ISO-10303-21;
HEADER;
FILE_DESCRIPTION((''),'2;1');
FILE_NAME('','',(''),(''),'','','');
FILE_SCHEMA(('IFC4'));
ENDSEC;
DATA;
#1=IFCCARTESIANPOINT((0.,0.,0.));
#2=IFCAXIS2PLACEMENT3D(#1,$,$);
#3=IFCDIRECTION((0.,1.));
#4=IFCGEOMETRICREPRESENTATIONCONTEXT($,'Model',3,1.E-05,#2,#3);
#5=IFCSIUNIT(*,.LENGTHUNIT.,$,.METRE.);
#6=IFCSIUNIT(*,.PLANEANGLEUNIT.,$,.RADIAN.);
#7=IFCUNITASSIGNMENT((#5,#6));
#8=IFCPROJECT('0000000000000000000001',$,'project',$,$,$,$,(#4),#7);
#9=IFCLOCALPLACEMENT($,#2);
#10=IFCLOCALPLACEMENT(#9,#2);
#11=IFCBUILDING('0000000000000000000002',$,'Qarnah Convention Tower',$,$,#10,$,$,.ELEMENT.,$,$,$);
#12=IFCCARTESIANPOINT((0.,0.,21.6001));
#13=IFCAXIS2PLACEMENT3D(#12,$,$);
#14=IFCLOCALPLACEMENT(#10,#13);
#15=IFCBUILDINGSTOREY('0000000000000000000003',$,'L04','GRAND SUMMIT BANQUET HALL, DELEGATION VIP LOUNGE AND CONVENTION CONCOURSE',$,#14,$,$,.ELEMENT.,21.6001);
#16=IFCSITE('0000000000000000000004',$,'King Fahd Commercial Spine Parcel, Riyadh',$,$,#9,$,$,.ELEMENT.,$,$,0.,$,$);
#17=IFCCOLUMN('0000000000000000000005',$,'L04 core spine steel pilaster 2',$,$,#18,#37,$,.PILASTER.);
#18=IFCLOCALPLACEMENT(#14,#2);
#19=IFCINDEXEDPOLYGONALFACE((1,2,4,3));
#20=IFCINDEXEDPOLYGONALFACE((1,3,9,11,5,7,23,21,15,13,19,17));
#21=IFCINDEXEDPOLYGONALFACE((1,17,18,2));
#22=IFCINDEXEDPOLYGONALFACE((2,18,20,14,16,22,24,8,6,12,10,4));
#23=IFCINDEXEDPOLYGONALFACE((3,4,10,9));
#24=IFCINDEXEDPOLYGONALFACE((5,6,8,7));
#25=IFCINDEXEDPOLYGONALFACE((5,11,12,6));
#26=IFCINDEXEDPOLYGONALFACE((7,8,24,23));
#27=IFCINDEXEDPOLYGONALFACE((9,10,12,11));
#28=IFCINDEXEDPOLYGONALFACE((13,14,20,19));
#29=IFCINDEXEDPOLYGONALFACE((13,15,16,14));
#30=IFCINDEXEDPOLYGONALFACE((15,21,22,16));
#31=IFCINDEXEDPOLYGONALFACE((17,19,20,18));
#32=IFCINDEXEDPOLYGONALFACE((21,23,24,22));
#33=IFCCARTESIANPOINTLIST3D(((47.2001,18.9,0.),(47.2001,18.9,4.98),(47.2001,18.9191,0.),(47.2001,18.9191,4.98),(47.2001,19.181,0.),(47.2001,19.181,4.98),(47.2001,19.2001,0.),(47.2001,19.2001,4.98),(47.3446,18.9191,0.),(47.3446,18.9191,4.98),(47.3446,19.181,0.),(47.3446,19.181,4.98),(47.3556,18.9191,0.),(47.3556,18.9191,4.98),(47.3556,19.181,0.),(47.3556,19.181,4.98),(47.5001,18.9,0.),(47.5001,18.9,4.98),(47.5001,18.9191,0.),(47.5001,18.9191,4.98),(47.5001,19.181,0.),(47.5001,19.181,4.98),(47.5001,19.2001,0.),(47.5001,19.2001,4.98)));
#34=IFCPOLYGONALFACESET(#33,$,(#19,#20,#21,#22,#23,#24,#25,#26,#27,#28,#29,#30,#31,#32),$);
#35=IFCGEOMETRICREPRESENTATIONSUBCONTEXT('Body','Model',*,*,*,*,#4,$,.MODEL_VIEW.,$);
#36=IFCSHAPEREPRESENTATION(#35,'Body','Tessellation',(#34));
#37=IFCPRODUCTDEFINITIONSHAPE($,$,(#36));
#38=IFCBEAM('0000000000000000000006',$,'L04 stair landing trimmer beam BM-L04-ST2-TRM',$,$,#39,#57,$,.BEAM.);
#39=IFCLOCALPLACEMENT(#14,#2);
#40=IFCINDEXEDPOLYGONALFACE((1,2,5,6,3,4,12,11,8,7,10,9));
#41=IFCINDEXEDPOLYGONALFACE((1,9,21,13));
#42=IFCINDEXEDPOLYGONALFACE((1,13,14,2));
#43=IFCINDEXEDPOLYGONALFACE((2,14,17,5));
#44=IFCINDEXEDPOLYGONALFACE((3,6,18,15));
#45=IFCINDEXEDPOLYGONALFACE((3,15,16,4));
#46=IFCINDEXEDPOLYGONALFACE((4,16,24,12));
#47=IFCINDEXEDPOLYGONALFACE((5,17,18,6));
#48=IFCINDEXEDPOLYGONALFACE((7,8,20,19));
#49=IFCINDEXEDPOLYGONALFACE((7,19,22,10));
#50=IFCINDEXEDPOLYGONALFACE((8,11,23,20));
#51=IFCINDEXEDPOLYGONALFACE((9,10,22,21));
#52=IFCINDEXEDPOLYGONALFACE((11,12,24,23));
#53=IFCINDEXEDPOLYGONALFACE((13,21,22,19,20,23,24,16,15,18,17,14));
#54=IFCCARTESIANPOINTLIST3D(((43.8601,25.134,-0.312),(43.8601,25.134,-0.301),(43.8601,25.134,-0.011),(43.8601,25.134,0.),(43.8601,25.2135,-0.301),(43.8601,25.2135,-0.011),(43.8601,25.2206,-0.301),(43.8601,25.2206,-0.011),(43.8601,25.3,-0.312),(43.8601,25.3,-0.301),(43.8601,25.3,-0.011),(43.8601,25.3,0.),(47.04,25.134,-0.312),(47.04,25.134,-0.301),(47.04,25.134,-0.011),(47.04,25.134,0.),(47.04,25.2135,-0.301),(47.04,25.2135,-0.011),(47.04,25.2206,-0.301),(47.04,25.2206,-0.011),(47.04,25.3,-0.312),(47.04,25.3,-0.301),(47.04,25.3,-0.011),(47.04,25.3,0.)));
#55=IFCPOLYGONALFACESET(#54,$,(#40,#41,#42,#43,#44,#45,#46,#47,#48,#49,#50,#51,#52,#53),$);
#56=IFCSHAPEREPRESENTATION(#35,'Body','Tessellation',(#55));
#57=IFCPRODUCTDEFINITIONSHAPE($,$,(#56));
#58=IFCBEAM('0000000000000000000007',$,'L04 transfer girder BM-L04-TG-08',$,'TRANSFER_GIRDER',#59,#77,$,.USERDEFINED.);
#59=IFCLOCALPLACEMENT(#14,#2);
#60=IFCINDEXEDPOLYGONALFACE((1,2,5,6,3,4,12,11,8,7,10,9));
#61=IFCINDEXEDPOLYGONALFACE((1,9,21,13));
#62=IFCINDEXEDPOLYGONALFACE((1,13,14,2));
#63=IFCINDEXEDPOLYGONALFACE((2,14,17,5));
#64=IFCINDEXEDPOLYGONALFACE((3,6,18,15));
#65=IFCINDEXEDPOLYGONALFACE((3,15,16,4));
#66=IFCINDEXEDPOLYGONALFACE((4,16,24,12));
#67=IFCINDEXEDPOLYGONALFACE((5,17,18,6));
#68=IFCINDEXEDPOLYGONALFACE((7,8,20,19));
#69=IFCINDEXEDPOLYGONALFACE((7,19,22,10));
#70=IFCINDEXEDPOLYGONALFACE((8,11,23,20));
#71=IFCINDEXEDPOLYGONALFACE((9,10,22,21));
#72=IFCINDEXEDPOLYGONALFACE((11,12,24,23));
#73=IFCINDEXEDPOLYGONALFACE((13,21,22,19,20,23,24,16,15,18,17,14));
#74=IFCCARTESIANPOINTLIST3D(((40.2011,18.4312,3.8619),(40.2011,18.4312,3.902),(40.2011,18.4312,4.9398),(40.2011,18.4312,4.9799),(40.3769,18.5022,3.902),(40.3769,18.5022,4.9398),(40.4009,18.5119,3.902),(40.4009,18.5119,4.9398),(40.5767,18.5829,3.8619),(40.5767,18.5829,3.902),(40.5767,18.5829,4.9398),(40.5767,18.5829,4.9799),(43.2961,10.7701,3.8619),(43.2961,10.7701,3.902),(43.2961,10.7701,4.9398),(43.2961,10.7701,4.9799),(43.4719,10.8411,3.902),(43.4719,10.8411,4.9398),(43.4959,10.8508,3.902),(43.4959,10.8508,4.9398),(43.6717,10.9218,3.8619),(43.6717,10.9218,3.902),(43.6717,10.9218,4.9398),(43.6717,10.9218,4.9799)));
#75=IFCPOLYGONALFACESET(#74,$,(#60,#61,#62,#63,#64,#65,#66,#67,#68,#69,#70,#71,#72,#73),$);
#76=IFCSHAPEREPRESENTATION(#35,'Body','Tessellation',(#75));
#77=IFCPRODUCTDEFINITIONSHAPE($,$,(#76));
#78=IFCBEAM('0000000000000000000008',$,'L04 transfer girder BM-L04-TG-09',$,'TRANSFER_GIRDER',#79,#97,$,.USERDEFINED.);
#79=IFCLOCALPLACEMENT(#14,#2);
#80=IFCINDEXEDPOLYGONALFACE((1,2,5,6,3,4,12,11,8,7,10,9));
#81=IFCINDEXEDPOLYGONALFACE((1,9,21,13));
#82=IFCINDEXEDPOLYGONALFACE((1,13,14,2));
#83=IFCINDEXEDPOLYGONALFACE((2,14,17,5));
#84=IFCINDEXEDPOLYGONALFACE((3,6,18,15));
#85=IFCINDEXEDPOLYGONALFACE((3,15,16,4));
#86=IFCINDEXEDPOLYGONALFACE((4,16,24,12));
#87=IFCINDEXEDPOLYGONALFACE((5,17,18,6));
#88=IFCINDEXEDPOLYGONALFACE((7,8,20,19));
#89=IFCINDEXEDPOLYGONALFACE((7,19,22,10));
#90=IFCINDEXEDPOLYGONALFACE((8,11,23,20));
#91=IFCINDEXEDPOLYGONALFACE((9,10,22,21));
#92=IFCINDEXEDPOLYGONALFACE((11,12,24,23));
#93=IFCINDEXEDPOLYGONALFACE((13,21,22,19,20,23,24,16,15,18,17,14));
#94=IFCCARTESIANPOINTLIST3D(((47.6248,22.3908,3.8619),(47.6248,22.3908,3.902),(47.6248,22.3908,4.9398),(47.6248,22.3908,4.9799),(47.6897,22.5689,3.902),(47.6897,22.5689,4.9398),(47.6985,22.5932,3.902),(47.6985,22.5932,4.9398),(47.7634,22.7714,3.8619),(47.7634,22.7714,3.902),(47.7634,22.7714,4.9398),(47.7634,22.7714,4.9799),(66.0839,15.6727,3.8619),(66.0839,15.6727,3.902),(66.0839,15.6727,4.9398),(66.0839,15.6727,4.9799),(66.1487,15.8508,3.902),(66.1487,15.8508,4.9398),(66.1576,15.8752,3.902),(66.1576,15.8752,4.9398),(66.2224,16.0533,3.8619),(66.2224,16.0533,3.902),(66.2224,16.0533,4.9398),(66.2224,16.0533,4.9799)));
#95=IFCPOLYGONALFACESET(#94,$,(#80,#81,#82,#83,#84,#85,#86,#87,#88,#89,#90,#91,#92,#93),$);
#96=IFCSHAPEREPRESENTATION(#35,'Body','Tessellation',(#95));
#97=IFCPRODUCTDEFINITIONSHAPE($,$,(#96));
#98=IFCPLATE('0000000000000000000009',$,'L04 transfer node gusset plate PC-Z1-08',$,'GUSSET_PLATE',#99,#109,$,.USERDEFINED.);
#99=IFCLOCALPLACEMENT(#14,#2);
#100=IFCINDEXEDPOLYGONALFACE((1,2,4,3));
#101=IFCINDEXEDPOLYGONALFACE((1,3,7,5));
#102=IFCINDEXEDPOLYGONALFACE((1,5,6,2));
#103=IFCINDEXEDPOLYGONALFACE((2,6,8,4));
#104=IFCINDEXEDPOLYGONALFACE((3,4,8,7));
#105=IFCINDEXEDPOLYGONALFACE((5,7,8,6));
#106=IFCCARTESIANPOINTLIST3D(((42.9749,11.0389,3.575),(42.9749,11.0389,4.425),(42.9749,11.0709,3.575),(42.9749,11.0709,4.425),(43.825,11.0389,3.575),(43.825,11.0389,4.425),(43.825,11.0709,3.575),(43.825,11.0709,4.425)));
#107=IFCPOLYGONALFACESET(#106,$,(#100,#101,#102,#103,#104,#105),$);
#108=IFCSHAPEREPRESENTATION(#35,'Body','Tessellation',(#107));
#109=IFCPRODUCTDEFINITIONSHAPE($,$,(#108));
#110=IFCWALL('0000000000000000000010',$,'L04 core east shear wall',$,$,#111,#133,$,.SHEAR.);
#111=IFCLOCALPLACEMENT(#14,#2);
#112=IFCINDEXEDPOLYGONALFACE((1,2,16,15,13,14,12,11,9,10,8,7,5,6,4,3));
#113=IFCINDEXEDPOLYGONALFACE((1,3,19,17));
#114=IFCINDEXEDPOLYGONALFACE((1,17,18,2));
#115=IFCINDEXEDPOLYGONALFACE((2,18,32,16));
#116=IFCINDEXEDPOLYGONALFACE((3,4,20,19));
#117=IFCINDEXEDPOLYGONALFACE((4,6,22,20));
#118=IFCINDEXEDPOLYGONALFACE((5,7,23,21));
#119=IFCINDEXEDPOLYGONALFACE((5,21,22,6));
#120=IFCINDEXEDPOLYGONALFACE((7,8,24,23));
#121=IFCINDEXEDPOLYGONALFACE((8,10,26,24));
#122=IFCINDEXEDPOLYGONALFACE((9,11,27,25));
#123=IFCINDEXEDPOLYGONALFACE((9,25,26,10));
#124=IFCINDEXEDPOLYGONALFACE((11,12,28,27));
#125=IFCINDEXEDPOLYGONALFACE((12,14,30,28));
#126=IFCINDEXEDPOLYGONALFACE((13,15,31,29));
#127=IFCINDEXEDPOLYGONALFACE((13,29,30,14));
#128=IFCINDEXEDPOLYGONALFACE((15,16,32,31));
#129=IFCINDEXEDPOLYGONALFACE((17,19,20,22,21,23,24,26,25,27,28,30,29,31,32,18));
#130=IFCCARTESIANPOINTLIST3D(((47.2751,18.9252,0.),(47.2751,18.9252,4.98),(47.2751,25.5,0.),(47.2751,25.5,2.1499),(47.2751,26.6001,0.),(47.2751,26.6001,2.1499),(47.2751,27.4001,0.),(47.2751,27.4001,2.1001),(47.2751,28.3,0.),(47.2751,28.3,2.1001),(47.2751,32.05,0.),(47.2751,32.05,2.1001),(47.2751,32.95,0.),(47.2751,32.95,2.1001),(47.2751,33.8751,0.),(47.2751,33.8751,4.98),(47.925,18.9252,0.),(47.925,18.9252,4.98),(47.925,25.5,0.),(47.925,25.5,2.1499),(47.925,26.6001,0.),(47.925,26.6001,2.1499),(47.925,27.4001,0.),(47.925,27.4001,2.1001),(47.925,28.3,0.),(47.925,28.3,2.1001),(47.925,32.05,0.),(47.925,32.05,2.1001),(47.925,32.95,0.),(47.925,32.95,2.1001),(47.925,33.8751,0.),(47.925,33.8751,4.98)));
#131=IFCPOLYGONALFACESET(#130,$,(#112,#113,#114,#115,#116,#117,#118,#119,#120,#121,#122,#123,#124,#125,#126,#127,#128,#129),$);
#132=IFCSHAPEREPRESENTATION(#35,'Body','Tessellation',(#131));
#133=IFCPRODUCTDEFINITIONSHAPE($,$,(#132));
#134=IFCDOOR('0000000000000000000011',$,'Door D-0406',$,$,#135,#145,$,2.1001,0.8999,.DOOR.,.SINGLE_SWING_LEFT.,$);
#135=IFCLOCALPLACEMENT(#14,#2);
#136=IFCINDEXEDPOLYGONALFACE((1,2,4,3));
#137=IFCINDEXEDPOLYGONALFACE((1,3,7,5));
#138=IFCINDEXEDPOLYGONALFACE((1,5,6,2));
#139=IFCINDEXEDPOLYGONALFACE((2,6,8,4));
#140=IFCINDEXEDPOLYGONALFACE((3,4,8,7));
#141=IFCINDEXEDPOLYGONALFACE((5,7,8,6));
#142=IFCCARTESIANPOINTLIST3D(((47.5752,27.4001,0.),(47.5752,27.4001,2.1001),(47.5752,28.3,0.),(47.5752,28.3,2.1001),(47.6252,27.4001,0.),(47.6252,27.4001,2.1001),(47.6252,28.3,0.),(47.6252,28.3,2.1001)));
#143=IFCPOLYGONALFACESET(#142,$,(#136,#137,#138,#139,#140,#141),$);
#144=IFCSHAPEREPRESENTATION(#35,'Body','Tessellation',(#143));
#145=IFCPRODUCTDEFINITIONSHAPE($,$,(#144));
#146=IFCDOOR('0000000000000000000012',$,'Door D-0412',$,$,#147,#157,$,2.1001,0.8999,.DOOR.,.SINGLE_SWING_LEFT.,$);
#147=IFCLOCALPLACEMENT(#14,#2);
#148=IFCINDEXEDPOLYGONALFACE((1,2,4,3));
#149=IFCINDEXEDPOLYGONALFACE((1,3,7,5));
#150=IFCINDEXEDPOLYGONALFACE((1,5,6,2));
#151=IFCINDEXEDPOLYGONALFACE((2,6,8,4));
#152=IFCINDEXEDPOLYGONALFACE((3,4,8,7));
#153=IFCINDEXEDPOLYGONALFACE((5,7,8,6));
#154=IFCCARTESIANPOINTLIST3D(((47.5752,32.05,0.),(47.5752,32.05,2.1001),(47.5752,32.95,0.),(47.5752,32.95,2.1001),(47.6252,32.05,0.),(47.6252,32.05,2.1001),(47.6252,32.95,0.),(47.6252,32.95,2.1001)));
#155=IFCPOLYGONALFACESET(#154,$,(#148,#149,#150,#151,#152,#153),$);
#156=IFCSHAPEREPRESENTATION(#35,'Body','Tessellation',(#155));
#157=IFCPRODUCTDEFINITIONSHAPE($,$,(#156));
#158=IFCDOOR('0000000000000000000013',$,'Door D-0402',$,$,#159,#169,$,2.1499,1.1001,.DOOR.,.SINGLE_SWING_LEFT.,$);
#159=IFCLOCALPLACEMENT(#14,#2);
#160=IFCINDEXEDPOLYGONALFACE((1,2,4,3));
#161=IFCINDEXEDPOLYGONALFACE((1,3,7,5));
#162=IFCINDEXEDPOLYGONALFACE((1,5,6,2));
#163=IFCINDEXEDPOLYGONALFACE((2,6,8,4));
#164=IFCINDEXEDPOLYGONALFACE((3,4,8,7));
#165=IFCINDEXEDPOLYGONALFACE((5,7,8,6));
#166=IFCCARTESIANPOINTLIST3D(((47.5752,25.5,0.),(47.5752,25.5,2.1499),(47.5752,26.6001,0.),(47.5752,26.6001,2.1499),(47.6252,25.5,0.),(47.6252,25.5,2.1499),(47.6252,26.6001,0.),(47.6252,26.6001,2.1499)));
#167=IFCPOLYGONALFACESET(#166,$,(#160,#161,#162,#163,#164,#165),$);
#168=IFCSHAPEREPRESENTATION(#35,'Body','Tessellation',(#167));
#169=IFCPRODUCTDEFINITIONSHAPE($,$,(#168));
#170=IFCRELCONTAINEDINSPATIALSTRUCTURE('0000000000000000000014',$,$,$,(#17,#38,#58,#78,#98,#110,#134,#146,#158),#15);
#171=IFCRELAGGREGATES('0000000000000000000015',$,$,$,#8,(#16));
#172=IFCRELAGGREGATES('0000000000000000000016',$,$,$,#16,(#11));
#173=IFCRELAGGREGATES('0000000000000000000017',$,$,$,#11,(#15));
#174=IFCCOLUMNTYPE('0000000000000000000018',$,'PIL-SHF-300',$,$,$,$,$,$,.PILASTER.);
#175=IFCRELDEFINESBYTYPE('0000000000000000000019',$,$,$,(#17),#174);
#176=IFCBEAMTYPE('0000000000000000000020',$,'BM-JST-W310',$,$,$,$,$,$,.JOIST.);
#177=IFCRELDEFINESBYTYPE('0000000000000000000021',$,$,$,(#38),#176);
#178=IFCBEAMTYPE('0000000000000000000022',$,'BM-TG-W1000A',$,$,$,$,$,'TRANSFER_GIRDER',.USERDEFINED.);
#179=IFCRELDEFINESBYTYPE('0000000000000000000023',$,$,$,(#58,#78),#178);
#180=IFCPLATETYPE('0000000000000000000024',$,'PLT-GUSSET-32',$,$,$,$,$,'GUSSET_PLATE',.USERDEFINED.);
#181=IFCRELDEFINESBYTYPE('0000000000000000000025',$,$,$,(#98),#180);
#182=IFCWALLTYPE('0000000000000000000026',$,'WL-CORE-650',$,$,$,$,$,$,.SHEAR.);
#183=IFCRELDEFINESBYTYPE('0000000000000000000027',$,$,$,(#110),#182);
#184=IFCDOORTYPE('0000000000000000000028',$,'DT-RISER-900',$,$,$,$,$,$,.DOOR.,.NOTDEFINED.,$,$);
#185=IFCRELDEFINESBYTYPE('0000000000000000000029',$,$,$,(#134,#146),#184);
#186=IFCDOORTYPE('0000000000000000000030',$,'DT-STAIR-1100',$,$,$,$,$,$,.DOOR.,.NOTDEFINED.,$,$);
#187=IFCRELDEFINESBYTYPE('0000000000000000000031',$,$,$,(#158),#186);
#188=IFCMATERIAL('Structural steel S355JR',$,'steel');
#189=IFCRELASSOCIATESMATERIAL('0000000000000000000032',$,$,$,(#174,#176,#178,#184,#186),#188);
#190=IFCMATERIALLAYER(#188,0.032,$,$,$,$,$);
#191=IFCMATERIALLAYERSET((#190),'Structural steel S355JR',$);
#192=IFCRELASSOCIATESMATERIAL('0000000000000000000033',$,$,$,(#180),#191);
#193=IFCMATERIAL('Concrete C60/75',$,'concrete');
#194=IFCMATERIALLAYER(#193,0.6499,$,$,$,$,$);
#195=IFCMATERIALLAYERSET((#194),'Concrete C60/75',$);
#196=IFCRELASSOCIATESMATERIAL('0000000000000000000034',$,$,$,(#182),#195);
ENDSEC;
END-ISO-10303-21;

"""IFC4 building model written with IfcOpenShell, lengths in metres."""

from ifc_helpers import new_model, si_unit, direction, frame, frame_2d, origin, origin_2d, place, context, subcontext, project, spatial, rectangle, i_section, extrude, material, layer, layer_set, material_profile, profile_set, type_object, element, fill, save


model = new_model("IFC4")

# Units and contexts
model_context = context("Model", 3, precision=1e-05, world=origin(), true_north=direction((0.0, 1.0)))
body_context = subcontext(model_context, "Body", "Model", "MODEL_VIEW")
ifc_project = project(units=[si_unit("LENGTHUNIT", "METRE"), si_unit("PLANEANGLEUNIT", "RADIAN")], contexts=[model_context])

# Site, building, storey
site_placement = place(None, origin())
site = spatial("IfcSite", under=ifc_project, at=site_placement, Name="King Fahd Commercial Spine Parcel, Riyadh", CompositionType="ELEMENT", RefElevation=0.0)
building_placement = place(site_placement, origin())
building = spatial("IfcBuilding", under=site, at=building_placement, Name="Qarnah Convention Tower", CompositionType="ELEMENT")
storey_placement = place(building_placement, frame((0.0, 0.0, 21.6001)))
storey = spatial("IfcBuildingStorey", under=building, at=storey_placement, Name="L04", Description="GRAND SUMMIT BANQUET HALL, DELEGATION VIP LOUNGE AND CONVENTION CONCOURSE", CompositionType="ELEMENT", Elevation=21.6001)

# Column
ifc_material_1 = material(Name="Structural steel S355JR", Category="steel")
ifc_material_profile_1 = material_profile(ifc_material_1, i_section(OverallWidth=0.3, OverallDepth=0.3, WebThickness=0.011, FlangeThickness=0.019, at=origin_2d()), Name="HEB300")
ifc_profile_set_1 = profile_set([ifc_material_profile_1], Name="Structural steel S355JR")
column_type = type_object("IfcColumnType", Name="PIL-SHF-300", PredefinedType="PILASTER", material=ifc_profile_set_1)
column_placement = place(storey_placement, frame((47.3501, 19.05, 0.0), z_axis=(0.0, 0.0, 1.0), x_axis=(1.0, 0.0, 0.0)))
element("IfcColumn", 1, at=column_placement, inside=storey, type_object=column_type, Name="L04 core spine steel pilaster 2", PredefinedType="PILASTER", context=body_context, shape_type="SweptSolid", body=[
    extrude(i_section(OverallWidth=0.3, OverallDepth=0.3, WebThickness=0.011, FlangeThickness=0.019, at=origin_2d()), origin(), (0.0, 0.0, 1.0), 4.98),
])

# Beams
ifc_material_profile_2 = material_profile(ifc_material_1, i_section(OverallWidth=0.166, OverallDepth=0.312, WebThickness=0.0071, FlangeThickness=0.011, at=origin_2d()), Name="W310X45")
ifc_profile_set_2 = profile_set([ifc_material_profile_2], Name="Structural steel S355JR")
beam_type_1 = type_object("IfcBeamType", Name="BM-JST-W310", PredefinedType="JOIST", material=ifc_profile_set_2)
beam_1_placement = place(storey_placement, frame((43.8601, 25.217, -0.156), z_axis=(1.0, 0.0, 0.0), x_axis=(0.0, 1.0, 0.0)))
element("IfcBeam", 2, at=beam_1_placement, inside=storey, type_object=beam_type_1, Name="L04 stair landing trimmer beam BM-L04-ST2-TRM", PredefinedType="BEAM", context=body_context, shape_type="SweptSolid", body=[
    extrude(i_section(OverallWidth=0.166, OverallDepth=0.312, WebThickness=0.0071, FlangeThickness=0.011, at=origin_2d()), origin(), (0.0, 0.0, 1.0), 3.1799),
])
ifc_material_profile_3 = material_profile(ifc_material_1, i_section(OverallWidth=0.405, OverallDepth=1.1179, WebThickness=0.0259, FlangeThickness=0.04, at=origin_2d()), Name="W1100X499")
ifc_profile_set_3 = profile_set([ifc_material_profile_3], Name="Structural steel S355JR")
beam_type_2 = type_object("IfcBeamType", Name="BM-TG-W1000A", ElementType="TRANSFER_GIRDER", PredefinedType="USERDEFINED", material=ifc_profile_set_3)
beam_2_placement = place(storey_placement, frame((40.3889, 18.5071, 4.4209), z_axis=(0.374572, -0.927198, 0.0), x_axis=(0.927198, 0.374572, 0.0)))
element("IfcBeam", 3, at=beam_2_placement, inside=storey, type_object=beam_type_2, Name="L04 transfer girder BM-L04-TG-08", ObjectType="TRANSFER_GIRDER", PredefinedType="USERDEFINED", context=body_context, shape_type="SweptSolid", body=[
    extrude(i_section(OverallWidth=0.405, OverallDepth=1.1179, WebThickness=0.0259, FlangeThickness=0.04, at=origin_2d()), origin(), (0.0, 0.0, 1.0), 8.2627),
])
beam_3_placement = place(storey_placement, frame((47.6941, 22.5811, 4.4209), z_axis=(0.939701, -0.341998, 0.0), x_axis=(0.341998, 0.939701, 0.0)))
element("IfcBeam", 4, at=beam_3_placement, inside=storey, type_object=beam_type_2, Name="L04 transfer girder BM-L04-TG-09", ObjectType="TRANSFER_GIRDER", PredefinedType="USERDEFINED", context=body_context, shape_type="SweptSolid", body=[
    extrude(i_section(OverallWidth=0.405, OverallDepth=1.1179, WebThickness=0.0259, FlangeThickness=0.04, at=origin_2d()), origin(), (0.0, 0.0, 1.0), 19.6436),
])

# Plate
ifc_layer_1 = layer(ifc_material_1, 0.032)
ifc_layer_set_1 = layer_set([ifc_layer_1], Name="Structural steel S355JR")
plate_type = type_object("IfcPlateType", Name="PLT-GUSSET-32", ElementType="GUSSET_PLATE", PredefinedType="USERDEFINED", material=ifc_layer_set_1)
plate_placement = place(storey_placement, frame((43.3999, 11.0549, 3.575), z_axis=(0.0, 0.0, 1.0), x_axis=(1.0, 0.0, 0.0)))
element("IfcPlate", 5, at=plate_placement, inside=storey, type_object=plate_type, Name="L04 transfer node gusset plate PC-Z1-08", ObjectType="GUSSET_PLATE", PredefinedType="USERDEFINED", context=body_context, shape_type="SweptSolid", body=[
    extrude(rectangle(XDim=0.8501, YDim=0.032, at=origin_2d()), origin(), (0.0, 0.0, 1.0), 0.8501),
])

# Wall, openings, doors
ifc_material_2 = material(Name="Concrete C60/75", Category="concrete")
ifc_layer_2 = layer(ifc_material_2, 0.6499)
ifc_layer_set_2 = layer_set([ifc_layer_2], Name="Concrete C60/75")
wall_type_1 = type_object("IfcWallType", Name="WL-CORE-650", PredefinedType="SHEAR", material=ifc_layer_set_2)
wall_1_placement = place(storey_placement, frame((47.6001, 18.925, 0.0), z_axis=(0.0, 0.0, 1.0), x_axis=(0.0, 1.0, 0.0)))
wall_1 = element("IfcWall", 6, at=wall_1_placement, inside=storey, type_object=wall_type_1, Name="L04 core east shear wall", PredefinedType="SHEAR", context=body_context, shape_type="SweptSolid", body=[
    extrude(rectangle(XDim=14.95, YDim=0.6499, at=frame_2d((7.4751, 0.0))), origin(), (0.0, 0.0, 1.0), 4.98),
])
opening_1_placement = place(wall_1_placement, frame((6.575, 0.0, 0.0)))
opening_1 = element("IfcOpeningElement", 7, at=opening_1_placement, cuts=wall_1, PredefinedType="OPENING", context=body_context, shape_type="SweptSolid", body=[
    extrude(rectangle(XDim=1.1001, YDim=2.1499, at=frame_2d((0.55, 1.075))), frame((0.0, 0.335, 0.0), z_axis=(0.0, -1.0, 0.0), x_axis=(1.0, 0.0, 0.0)), (0.0, 0.0, 1.0), 0.6699),
])
opening_2_placement = place(wall_1_placement, frame((8.4751, 0.0, 0.0)))
opening_2 = element("IfcOpeningElement", 8, at=opening_2_placement, cuts=wall_1, PredefinedType="OPENING", context=body_context, shape_type="SweptSolid", body=[
    extrude(rectangle(XDim=0.8999, YDim=2.1001, at=frame_2d((0.45, 1.05))), frame((0.0, 0.335, 0.0), z_axis=(0.0, -1.0, 0.0), x_axis=(1.0, 0.0, 0.0)), (0.0, 0.0, 1.0), 0.6699),
])
opening_3_placement = place(wall_1_placement, frame((13.125, 0.0, 0.0)))
opening_3 = element("IfcOpeningElement", 9, at=opening_3_placement, cuts=wall_1, PredefinedType="OPENING", context=body_context, shape_type="SweptSolid", body=[
    extrude(rectangle(XDim=0.8999, YDim=2.1001, at=frame_2d((0.45, 1.05))), frame((0.0, 0.335, 0.0), z_axis=(0.0, -1.0, 0.0), x_axis=(1.0, 0.0, 0.0)), (0.0, 0.0, 1.0), 0.6699),
])
door_type_1 = type_object("IfcDoorType", Name="DT-RISER-900", OperationType="NOTDEFINED", PredefinedType="DOOR", material=ifc_material_1)
door_1_placement = place(opening_2_placement, origin())
door_1 = element("IfcDoor", 10, at=door_1_placement, inside=storey, type_object=door_type_1, Name="Door D-0406", OperationType="SINGLE_SWING_LEFT", OverallHeight=2.1001, OverallWidth=0.8999, PredefinedType="DOOR", context=body_context, shape_type="SweptSolid", body=[
    extrude(rectangle(XDim=0.8999, YDim=2.1001, at=frame_2d((0.45, 1.05))), frame((0.0, 0.0249, 0.0), z_axis=(0.0, -1.0, 0.0), x_axis=(1.0, 0.0, 0.0)), (0.0, 0.0, 1.0), 0.05),
])
fill(opening_2, door_1)
door_2_placement = place(opening_3_placement, origin())
door_2 = element("IfcDoor", 11, at=door_2_placement, inside=storey, type_object=door_type_1, Name="Door D-0412", OperationType="SINGLE_SWING_LEFT", OverallHeight=2.1001, OverallWidth=0.8999, PredefinedType="DOOR", context=body_context, shape_type="SweptSolid", body=[
    extrude(rectangle(XDim=0.8999, YDim=2.1001, at=frame_2d((0.45, 1.05))), frame((0.0, 0.0249, 0.0), z_axis=(0.0, -1.0, 0.0), x_axis=(1.0, 0.0, 0.0)), (0.0, 0.0, 1.0), 0.05),
])
fill(opening_3, door_2)
door_type_2 = type_object("IfcDoorType", Name="DT-STAIR-1100", OperationType="NOTDEFINED", PredefinedType="DOOR", material=ifc_material_1)
door_3_placement = place(opening_1_placement, origin())
door_3 = element("IfcDoor", 12, at=door_3_placement, inside=storey, type_object=door_type_2, Name="Door D-0402", OperationType="SINGLE_SWING_LEFT", OverallHeight=2.1499, OverallWidth=1.1001, PredefinedType="DOOR", context=body_context, shape_type="SweptSolid", body=[
    extrude(rectangle(XDim=1.1001, YDim=2.1499, at=frame_2d((0.55, 1.075))), frame((0.0, 0.0249, 0.0), z_axis=(0.0, -1.0, 0.0), x_axis=(1.0, 0.0, 0.0)), (0.0, 0.0, 1.0), 0.05),
])
fill(opening_1, door_3)

save(model, "model.ifc")
